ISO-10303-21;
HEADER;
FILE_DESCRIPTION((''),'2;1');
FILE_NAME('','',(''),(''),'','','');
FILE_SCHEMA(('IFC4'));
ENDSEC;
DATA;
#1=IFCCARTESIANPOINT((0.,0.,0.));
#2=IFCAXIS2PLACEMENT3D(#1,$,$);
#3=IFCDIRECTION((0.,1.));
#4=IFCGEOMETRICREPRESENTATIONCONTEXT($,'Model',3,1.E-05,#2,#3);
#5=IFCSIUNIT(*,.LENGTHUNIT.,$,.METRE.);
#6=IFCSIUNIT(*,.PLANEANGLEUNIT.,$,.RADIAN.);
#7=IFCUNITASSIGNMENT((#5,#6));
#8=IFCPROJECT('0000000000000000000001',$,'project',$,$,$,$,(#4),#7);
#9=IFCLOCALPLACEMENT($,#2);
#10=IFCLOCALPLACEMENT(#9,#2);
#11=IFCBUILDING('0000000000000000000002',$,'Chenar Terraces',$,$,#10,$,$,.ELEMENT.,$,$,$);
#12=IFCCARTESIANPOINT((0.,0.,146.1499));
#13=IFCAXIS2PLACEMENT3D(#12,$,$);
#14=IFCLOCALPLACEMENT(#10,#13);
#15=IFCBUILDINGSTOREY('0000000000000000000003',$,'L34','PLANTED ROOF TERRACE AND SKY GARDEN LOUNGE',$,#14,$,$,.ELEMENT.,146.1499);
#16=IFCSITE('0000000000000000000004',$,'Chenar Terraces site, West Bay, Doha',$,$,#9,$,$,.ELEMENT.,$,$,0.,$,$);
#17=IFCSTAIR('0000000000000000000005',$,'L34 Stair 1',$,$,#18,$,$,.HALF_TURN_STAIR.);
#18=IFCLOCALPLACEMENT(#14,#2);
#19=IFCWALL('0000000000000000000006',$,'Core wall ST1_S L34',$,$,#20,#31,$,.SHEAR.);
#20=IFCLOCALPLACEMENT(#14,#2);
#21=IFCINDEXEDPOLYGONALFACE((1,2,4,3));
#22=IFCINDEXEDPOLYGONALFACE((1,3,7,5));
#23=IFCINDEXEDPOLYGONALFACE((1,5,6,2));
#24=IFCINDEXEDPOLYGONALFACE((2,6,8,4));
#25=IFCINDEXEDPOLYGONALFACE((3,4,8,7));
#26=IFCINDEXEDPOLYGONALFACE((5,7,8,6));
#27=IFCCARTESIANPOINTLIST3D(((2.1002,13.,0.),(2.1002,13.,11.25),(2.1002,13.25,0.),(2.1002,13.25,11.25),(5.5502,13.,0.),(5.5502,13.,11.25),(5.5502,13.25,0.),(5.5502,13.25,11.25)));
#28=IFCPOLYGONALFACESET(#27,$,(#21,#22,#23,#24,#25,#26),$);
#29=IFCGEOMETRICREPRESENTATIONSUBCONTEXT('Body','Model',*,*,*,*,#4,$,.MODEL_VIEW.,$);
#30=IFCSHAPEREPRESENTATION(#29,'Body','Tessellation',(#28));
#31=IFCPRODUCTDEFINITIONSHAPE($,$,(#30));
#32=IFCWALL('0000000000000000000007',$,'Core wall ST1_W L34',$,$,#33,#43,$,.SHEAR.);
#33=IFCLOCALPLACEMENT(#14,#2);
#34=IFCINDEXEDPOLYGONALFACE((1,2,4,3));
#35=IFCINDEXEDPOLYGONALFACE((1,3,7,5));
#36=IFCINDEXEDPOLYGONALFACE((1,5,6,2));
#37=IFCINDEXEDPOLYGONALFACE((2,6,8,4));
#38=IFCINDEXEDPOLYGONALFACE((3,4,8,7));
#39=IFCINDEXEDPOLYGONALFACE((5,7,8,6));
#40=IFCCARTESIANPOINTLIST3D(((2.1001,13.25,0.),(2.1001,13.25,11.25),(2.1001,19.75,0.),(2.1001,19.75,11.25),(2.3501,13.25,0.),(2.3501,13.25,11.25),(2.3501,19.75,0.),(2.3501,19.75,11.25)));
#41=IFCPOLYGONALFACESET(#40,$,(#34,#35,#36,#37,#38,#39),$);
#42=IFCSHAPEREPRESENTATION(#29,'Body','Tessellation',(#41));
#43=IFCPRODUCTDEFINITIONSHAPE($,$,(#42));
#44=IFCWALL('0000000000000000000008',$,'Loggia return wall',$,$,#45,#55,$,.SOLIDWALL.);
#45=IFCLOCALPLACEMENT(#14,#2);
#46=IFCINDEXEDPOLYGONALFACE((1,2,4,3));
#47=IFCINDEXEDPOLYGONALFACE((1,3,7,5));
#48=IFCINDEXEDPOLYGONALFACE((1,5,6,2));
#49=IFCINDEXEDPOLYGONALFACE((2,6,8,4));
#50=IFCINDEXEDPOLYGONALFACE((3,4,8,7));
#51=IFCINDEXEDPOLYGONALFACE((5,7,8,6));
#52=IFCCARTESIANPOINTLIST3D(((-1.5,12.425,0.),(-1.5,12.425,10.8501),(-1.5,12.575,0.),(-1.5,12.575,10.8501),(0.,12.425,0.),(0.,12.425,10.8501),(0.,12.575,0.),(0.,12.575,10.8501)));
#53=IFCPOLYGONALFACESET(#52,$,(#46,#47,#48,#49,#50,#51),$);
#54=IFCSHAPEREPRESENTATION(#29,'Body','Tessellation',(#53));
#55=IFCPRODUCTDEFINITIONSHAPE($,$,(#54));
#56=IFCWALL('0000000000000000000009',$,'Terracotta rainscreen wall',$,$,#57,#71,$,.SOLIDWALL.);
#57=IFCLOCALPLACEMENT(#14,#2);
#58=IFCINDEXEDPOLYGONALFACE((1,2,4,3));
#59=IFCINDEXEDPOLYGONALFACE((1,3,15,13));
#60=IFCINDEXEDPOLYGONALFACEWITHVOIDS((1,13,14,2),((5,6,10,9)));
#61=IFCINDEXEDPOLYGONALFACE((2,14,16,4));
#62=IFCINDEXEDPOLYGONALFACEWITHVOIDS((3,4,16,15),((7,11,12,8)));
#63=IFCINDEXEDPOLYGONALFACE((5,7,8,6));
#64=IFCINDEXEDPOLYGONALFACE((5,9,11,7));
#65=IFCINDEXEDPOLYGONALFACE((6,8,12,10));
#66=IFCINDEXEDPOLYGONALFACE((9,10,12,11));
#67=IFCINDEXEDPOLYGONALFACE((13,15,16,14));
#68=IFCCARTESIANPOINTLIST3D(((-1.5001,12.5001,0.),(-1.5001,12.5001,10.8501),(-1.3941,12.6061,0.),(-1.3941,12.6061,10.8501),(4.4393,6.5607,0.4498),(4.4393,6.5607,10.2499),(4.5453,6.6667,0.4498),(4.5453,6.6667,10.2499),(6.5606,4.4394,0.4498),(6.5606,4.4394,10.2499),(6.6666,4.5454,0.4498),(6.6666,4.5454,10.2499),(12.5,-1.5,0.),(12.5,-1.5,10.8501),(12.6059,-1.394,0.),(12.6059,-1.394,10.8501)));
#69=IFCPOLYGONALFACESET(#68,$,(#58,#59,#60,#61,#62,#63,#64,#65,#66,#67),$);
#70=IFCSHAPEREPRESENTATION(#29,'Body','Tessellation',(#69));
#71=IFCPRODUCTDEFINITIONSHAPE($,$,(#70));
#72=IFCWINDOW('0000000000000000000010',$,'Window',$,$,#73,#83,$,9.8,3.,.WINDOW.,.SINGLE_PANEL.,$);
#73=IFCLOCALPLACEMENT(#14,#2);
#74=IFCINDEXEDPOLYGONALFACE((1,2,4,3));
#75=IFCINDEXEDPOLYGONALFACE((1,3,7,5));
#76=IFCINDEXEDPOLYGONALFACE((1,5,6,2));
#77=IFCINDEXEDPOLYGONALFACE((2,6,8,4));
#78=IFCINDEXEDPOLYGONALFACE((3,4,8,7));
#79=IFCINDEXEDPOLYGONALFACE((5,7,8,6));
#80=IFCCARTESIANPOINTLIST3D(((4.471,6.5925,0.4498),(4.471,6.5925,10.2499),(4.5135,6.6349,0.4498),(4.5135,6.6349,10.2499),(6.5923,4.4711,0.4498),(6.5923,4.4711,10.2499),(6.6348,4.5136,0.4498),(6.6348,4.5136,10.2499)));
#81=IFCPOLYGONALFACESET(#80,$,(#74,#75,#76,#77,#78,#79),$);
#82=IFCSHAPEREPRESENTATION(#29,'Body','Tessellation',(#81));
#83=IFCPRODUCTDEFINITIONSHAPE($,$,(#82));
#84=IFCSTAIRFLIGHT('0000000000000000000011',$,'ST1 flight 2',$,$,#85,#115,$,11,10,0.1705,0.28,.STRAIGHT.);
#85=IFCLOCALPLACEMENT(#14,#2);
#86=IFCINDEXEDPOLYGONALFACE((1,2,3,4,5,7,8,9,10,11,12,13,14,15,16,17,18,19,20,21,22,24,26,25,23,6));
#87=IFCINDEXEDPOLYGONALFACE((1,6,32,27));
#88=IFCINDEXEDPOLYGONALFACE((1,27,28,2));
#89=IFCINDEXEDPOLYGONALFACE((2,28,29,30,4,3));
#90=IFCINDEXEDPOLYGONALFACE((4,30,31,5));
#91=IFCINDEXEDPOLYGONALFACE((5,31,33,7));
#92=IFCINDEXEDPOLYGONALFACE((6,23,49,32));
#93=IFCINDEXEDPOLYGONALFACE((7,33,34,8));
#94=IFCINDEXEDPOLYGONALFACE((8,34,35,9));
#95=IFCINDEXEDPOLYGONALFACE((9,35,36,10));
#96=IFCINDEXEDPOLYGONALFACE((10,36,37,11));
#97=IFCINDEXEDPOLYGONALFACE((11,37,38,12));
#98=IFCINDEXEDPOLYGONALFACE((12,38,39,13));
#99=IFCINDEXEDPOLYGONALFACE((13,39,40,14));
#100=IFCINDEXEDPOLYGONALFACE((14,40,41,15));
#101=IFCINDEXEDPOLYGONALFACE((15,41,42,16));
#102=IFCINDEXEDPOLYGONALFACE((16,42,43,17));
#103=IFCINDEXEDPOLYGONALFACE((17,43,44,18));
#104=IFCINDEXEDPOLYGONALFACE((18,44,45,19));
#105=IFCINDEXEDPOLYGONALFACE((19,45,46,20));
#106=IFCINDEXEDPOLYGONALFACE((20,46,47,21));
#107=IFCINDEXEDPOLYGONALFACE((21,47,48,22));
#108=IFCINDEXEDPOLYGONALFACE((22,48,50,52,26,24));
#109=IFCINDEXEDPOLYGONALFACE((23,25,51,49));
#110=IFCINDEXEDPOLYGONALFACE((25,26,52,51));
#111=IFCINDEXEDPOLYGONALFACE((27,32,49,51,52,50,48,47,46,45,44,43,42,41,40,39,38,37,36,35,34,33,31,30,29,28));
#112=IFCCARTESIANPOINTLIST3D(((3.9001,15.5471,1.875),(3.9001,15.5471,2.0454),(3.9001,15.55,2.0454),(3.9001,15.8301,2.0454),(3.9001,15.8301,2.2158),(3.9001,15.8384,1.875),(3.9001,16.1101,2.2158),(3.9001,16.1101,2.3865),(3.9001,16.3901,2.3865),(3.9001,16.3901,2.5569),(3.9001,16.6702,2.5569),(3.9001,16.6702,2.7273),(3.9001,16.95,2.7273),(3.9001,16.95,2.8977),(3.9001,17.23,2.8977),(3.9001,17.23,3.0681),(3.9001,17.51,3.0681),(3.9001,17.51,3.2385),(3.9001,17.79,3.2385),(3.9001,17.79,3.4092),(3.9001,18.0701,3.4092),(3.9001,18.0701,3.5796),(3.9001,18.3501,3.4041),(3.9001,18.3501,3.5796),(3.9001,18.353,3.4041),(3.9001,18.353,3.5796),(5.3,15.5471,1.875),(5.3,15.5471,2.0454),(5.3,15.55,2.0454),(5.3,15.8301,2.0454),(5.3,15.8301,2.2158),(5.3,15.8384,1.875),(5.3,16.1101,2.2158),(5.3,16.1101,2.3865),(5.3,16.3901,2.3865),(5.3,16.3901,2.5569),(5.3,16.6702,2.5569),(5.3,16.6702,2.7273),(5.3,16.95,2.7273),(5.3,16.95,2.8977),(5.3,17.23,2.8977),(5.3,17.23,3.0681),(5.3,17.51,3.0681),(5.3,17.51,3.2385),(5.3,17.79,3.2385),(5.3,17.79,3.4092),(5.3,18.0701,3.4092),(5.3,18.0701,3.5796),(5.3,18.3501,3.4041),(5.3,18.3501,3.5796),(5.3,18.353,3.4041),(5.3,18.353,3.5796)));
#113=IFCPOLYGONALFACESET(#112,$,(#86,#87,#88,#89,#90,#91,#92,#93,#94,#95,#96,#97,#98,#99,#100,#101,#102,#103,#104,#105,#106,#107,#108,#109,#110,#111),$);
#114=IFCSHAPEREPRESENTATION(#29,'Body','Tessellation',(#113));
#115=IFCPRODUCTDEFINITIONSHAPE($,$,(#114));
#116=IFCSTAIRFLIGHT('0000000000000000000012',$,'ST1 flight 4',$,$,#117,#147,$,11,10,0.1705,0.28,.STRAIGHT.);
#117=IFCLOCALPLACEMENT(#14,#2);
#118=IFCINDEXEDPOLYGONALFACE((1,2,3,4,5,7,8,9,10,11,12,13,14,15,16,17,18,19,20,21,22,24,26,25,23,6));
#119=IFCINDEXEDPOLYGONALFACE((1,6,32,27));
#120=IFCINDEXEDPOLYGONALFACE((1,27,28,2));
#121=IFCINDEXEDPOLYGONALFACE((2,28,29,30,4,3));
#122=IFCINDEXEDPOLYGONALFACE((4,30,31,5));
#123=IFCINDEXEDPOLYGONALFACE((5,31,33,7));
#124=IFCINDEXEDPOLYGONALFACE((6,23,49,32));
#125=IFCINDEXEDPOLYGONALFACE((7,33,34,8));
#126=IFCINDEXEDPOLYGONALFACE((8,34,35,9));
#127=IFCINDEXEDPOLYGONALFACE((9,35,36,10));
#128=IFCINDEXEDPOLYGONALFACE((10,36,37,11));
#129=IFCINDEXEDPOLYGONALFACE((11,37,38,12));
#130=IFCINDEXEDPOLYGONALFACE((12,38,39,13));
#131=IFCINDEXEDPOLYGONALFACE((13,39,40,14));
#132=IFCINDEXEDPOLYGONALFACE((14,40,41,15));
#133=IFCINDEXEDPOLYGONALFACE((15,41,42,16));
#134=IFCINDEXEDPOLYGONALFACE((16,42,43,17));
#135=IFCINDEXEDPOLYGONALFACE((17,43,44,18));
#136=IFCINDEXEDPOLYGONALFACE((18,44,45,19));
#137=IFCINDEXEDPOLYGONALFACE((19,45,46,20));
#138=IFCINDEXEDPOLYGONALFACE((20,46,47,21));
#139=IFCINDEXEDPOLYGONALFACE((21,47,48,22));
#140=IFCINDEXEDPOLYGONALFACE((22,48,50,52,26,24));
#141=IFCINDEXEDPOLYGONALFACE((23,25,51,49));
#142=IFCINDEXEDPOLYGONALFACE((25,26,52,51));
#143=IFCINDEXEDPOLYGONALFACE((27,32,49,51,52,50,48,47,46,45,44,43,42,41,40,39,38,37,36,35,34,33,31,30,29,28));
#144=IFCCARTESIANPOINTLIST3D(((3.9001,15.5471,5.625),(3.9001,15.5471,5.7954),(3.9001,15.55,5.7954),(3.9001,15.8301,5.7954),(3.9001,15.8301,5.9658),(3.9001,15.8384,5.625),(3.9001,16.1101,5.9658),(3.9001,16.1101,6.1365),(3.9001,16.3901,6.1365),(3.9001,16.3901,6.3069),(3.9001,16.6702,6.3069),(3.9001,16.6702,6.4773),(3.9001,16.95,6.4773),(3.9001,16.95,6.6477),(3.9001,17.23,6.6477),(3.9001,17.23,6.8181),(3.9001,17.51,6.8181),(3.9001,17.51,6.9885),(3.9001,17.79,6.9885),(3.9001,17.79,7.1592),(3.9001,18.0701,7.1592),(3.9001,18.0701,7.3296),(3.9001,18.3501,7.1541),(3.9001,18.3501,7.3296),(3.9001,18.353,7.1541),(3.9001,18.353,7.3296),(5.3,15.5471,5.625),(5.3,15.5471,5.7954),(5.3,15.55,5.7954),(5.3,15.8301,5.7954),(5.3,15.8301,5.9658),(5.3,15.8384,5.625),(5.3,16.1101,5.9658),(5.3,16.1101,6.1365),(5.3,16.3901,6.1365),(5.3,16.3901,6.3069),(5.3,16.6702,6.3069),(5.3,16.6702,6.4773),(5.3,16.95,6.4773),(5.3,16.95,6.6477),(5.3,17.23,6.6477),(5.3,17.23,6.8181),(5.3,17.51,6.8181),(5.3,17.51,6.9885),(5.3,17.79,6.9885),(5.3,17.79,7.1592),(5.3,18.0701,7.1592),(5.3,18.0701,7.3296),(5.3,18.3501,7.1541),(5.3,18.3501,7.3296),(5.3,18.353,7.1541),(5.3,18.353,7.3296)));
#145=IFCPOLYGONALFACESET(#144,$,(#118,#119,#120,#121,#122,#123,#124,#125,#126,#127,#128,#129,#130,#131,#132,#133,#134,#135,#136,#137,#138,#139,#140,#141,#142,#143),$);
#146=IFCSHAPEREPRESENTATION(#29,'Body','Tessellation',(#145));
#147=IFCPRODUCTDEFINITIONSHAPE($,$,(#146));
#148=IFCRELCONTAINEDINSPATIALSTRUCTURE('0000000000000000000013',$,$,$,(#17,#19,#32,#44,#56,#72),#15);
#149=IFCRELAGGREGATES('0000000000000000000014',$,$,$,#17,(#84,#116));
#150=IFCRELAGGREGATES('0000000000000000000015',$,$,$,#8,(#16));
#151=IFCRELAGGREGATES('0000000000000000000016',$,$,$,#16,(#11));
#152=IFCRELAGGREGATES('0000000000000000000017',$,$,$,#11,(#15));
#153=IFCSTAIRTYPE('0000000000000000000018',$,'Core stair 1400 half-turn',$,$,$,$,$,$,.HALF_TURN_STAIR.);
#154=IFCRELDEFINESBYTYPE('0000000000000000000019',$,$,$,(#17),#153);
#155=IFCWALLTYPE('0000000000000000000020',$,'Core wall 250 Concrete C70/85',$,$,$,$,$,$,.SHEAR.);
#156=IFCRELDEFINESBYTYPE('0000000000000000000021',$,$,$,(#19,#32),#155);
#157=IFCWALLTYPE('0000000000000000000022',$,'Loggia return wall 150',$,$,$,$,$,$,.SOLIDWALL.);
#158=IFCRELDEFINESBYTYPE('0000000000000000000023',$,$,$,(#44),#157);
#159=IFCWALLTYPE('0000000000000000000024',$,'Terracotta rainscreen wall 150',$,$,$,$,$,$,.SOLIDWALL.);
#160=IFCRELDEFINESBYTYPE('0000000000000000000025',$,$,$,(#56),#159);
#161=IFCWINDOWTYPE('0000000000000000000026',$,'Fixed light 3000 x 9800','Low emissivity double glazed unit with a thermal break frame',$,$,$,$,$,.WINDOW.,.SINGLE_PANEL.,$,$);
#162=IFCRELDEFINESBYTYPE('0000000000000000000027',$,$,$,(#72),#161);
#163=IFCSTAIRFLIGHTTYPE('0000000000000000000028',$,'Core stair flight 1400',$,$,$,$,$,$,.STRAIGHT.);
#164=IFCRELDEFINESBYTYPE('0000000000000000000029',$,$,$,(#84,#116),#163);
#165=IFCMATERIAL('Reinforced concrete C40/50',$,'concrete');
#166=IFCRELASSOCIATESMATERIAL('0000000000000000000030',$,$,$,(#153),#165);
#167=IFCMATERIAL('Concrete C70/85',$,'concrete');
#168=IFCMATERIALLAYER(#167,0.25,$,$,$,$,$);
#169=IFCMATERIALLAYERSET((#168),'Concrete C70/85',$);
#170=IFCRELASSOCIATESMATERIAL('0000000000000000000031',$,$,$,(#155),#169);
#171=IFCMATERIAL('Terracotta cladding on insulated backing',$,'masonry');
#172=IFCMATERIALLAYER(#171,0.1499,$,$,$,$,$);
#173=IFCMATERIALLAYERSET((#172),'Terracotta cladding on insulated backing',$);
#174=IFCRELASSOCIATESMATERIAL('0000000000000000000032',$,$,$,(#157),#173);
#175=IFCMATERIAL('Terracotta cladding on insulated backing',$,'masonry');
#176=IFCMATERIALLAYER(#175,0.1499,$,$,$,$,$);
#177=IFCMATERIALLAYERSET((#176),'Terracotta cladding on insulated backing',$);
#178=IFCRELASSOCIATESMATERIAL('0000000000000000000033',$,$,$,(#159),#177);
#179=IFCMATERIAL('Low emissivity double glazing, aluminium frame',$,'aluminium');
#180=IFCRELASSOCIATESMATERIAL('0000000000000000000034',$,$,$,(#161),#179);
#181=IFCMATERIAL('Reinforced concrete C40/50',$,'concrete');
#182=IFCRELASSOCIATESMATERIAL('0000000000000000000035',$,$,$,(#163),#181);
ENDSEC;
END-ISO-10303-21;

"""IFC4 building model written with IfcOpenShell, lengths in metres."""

from ifc_helpers import new_model, si_unit, direction, frame, frame_2d, origin, place, context, subcontext, project, spatial, polyline, rectangle, outline, extrude, material, layer, layer_set, type_object, element, fill, aggregate, save


model = new_model("IFC4")

# Units and contexts
model_context = context("Model", 3, precision=1e-05, world=origin(), true_north=direction((0.0, 1.0)))
body_context = subcontext(model_context, "Body", "Model", "MODEL_VIEW")
ifc_project = project(units=[si_unit("LENGTHUNIT", "METRE"), si_unit("PLANEANGLEUNIT", "RADIAN")], contexts=[model_context])

# Site, building, storey
site_placement = place(None, origin())
site = spatial("IfcSite", under=ifc_project, at=site_placement, Name="Chenar Terraces site, West Bay, Doha", CompositionType="ELEMENT", RefElevation=0.0)
building_placement = place(site_placement, origin())
building = spatial("IfcBuilding", under=site, at=building_placement, Name="Chenar Terraces", CompositionType="ELEMENT")
storey_placement = place(building_placement, frame((0.0, 0.0, 146.1499)))
storey = spatial("IfcBuildingStorey", under=building, at=storey_placement, Name="L34", Description="PLANTED ROOF TERRACE AND SKY GARDEN LOUNGE", CompositionType="ELEMENT", Elevation=146.1499)

# Stair
ifc_material_1 = material(Name="Reinforced concrete C40/50", Category="concrete")
stair_type = type_object("IfcStairType", Name="Core stair 1400 half-turn", PredefinedType="HALF_TURN_STAIR", material=ifc_material_1)
placement_1 = place(storey_placement, origin())
stair_1 = element("IfcStair", 1, at=placement_1, inside=storey, type_object=stair_type, Name="L34 Stair 1", PredefinedType="HALF_TURN_STAIR")

# Walls
ifc_material_2 = material(Name="Concrete C70/85", Category="concrete")
ifc_layer_1 = layer(ifc_material_2, 0.25)
ifc_layer_set_1 = layer_set([ifc_layer_1], Name="Concrete C70/85")
wall_type_1 = type_object("IfcWallType", Name="Core wall 250 Concrete C70/85", PredefinedType="SHEAR", material=ifc_layer_set_1)
wall_1_placement = place(storey_placement, frame((2.1001, 13.125, 0.0), z_axis=(0.0, 0.0, 1.0), x_axis=(1.0, 0.0, 0.0)))
element("IfcWall", 2, at=wall_1_placement, inside=storey, type_object=wall_type_1, Name="Core wall ST1_S L34", PredefinedType="SHEAR", context=body_context, shape_type="SweptSolid", body=[
    extrude(rectangle(XDim=3.45, YDim=0.25, at=frame_2d((1.7251, 0.0))), origin(), (0.0, 0.0, 1.0), 11.25),
])
wall_2_placement = place(storey_placement, frame((2.2251, 13.25, 0.0), z_axis=(0.0, 0.0, 1.0), x_axis=(0.0, 1.0, 0.0)))
element("IfcWall", 3, at=wall_2_placement, inside=storey, type_object=wall_type_1, Name="Core wall ST1_W L34", PredefinedType="SHEAR", context=body_context, shape_type="SweptSolid", body=[
    extrude(rectangle(XDim=6.5, YDim=0.25, at=frame_2d((3.25, 0.0))), origin(), (0.0, 0.0, 1.0), 11.25),
])
ifc_material_3 = material(Name="Terracotta cladding on insulated backing", Category="masonry")
ifc_layer_2 = layer(ifc_material_3, 0.1499)
ifc_layer_set_2 = layer_set([ifc_layer_2], Name="Terracotta cladding on insulated backing")
wall_type_2 = type_object("IfcWallType", Name="Loggia return wall 150", PredefinedType="SOLIDWALL", material=ifc_layer_set_2)
wall_3_placement = place(storey_placement, frame((-1.5, 12.5, 0.0), z_axis=(0.0, 0.0, 1.0), x_axis=(1.0, 0.0, 0.0)))
element("IfcWall", 4, at=wall_3_placement, inside=storey, type_object=wall_type_2, Name="Loggia return wall", PredefinedType="SOLIDWALL", context=body_context, shape_type="SweptSolid", body=[
    extrude(rectangle(XDim=1.5, YDim=0.1499, at=frame_2d((0.75, 0.0))), origin(), (0.0, 0.0, 1.0), 10.8501),
])

# Wall, opening, window
ifc_material_4 = material(Name="Terracotta cladding on insulated backing", Category="masonry")
ifc_layer_3 = layer(ifc_material_4, 0.1499)
ifc_layer_set_3 = layer_set([ifc_layer_3], Name="Terracotta cladding on insulated backing")
wall_type_3 = type_object("IfcWallType", Name="Terracotta rainscreen wall 150", PredefinedType="SOLIDWALL", material=ifc_layer_set_3)
wall_4_placement = place(storey_placement, frame((-1.447, 12.553, 0.0), z_axis=(0.0, 0.0, 1.0), x_axis=(0.707107, -0.707107, 0.0)))
wall_4 = element("IfcWall", 5, at=wall_4_placement, inside=storey, type_object=wall_type_3, Name="Terracotta rainscreen wall", PredefinedType="SOLIDWALL", context=body_context, shape_type="SweptSolid", body=[
    extrude(rectangle(XDim=19.7991, YDim=0.1499, at=frame_2d((9.8994, 0.0))), origin(), (0.0, 0.0, 1.0), 10.8501),
])
opening_placement = place(wall_4_placement, frame((8.3994, 0.0, 0.45)))
opening = element("IfcOpeningElement", 6, at=opening_placement, cuts=wall_4, PredefinedType="OPENING", context=body_context, shape_type="SweptSolid", body=[
    extrude(rectangle(XDim=3.0, YDim=9.8, at=frame_2d((1.5, 4.8999))), frame((0.0, 0.085, 0.0), z_axis=(0.0, -1.0, 0.0), x_axis=(1.0, 0.0, 0.0)), (0.0, 0.0, 1.0), 0.1699),
])
ifc_material_5 = material(Name="Low emissivity double glazing, aluminium frame", Category="aluminium")
window_type = type_object("IfcWindowType", Name="Fixed light 3000 x 9800", Description="Low emissivity double glazed unit with a thermal break frame", PartitioningType="SINGLE_PANEL", PredefinedType="WINDOW", material=ifc_material_5)
window_placement = place(opening_placement, origin())
window = element("IfcWindow", 7, at=window_placement, inside=storey, type_object=window_type, Name="Window", OverallHeight=9.8, OverallWidth=3.0, PartitioningType="SINGLE_PANEL", PredefinedType="WINDOW", context=body_context, shape_type="SweptSolid", body=[
    extrude(rectangle(XDim=3.0, YDim=9.8, at=frame_2d((1.5, 4.8999))), frame((0.0, 0.03, 0.0), z_axis=(0.0, -1.0, 0.0), x_axis=(1.0, 0.0, 0.0)), (0.0, 0.0, 1.0), 0.0601),
])
fill(opening, window)

# Stair flights
ifc_material_6 = material(Name="Reinforced concrete C40/50", Category="concrete")
stair_flight_type = type_object("IfcStairFlightType", Name="Core stair flight 1400", PredefinedType="STRAIGHT", material=ifc_material_6)
stair_flight_1_placement = place(storey_placement, frame((4.6001, 15.55, 1.875), z_axis=(0.0, 0.0, 1.0), x_axis=(0.0, 1.0, 0.0)))
stair_flight_1 = element("IfcStairFlight", 8, at=stair_flight_1_placement, type_object=stair_flight_type, Name="ST1 flight 2", NumberOfRisers=11, NumberOfTreads=10, PredefinedType="STRAIGHT", RiserHeight=0.1705, TreadLength=0.28, context=body_context, shape_type="SweptSolid", body=[
    extrude(outline(polyline([(-0.0029, 0.0), (-0.0029, 0.1704), (0.0, 0.1704), (0.28, 0.1704), (0.28, 0.3408), (0.5601, 0.3408), (0.5601, 0.5115), (0.8401, 0.5115), (0.8401, 0.6819), (1.1201, 0.6819), (1.1201, 0.8523), (1.3999, 0.8523), (1.3999, 1.0227), (1.6799, 1.0227), (1.6799, 1.1931), (1.96, 1.1931), (1.96, 1.3635), (2.24, 1.3635), (2.24, 1.5342), (2.52, 1.5342), (2.52, 1.7046), (2.8, 1.7046), (2.803, 1.7046), (2.803, 1.5291), (2.8, 1.5291), (0.2883, 0.0), (-0.0029, 0.0)])), frame((0.0, 0.7, 0.0), z_axis=(0.0, -1.0, 0.0), x_axis=(1.0, 0.0, 0.0)), (0.0, 0.0, 1.0), 1.3999),
])
stair_flight_2_placement = place(storey_placement, frame((4.6001, 15.55, 5.625), z_axis=(0.0, 0.0, 1.0), x_axis=(0.0, 1.0, 0.0)))
stair_flight_2 = element("IfcStairFlight", 9, at=stair_flight_2_placement, type_object=stair_flight_type, Name="ST1 flight 4", NumberOfRisers=11, NumberOfTreads=10, PredefinedType="STRAIGHT", RiserHeight=0.1705, TreadLength=0.28, context=body_context, shape_type="SweptSolid", body=[
    extrude(outline(polyline([(-0.0029, 0.0), (-0.0029, 0.1704), (0.0, 0.1704), (0.28, 0.1704), (0.28, 0.3408), (0.5601, 0.3408), (0.5601, 0.5115), (0.8401, 0.5115), (0.8401, 0.6819), (1.1201, 0.6819), (1.1201, 0.8523), (1.3999, 0.8523), (1.3999, 1.0227), (1.6799, 1.0227), (1.6799, 1.1931), (1.96, 1.1931), (1.96, 1.3635), (2.24, 1.3635), (2.24, 1.5342), (2.52, 1.5342), (2.52, 1.7046), (2.8, 1.7046), (2.803, 1.7046), (2.803, 1.5291), (2.8, 1.5291), (0.2883, 0.0), (-0.0029, 0.0)])), frame((0.0, 0.7, 0.0), z_axis=(0.0, -1.0, 0.0), x_axis=(1.0, 0.0, 0.0)), (0.0, 0.0, 1.0), 1.3999),
])
aggregate(stair_1, [stair_flight_1, stair_flight_2])

save(model, "model.ifc")
